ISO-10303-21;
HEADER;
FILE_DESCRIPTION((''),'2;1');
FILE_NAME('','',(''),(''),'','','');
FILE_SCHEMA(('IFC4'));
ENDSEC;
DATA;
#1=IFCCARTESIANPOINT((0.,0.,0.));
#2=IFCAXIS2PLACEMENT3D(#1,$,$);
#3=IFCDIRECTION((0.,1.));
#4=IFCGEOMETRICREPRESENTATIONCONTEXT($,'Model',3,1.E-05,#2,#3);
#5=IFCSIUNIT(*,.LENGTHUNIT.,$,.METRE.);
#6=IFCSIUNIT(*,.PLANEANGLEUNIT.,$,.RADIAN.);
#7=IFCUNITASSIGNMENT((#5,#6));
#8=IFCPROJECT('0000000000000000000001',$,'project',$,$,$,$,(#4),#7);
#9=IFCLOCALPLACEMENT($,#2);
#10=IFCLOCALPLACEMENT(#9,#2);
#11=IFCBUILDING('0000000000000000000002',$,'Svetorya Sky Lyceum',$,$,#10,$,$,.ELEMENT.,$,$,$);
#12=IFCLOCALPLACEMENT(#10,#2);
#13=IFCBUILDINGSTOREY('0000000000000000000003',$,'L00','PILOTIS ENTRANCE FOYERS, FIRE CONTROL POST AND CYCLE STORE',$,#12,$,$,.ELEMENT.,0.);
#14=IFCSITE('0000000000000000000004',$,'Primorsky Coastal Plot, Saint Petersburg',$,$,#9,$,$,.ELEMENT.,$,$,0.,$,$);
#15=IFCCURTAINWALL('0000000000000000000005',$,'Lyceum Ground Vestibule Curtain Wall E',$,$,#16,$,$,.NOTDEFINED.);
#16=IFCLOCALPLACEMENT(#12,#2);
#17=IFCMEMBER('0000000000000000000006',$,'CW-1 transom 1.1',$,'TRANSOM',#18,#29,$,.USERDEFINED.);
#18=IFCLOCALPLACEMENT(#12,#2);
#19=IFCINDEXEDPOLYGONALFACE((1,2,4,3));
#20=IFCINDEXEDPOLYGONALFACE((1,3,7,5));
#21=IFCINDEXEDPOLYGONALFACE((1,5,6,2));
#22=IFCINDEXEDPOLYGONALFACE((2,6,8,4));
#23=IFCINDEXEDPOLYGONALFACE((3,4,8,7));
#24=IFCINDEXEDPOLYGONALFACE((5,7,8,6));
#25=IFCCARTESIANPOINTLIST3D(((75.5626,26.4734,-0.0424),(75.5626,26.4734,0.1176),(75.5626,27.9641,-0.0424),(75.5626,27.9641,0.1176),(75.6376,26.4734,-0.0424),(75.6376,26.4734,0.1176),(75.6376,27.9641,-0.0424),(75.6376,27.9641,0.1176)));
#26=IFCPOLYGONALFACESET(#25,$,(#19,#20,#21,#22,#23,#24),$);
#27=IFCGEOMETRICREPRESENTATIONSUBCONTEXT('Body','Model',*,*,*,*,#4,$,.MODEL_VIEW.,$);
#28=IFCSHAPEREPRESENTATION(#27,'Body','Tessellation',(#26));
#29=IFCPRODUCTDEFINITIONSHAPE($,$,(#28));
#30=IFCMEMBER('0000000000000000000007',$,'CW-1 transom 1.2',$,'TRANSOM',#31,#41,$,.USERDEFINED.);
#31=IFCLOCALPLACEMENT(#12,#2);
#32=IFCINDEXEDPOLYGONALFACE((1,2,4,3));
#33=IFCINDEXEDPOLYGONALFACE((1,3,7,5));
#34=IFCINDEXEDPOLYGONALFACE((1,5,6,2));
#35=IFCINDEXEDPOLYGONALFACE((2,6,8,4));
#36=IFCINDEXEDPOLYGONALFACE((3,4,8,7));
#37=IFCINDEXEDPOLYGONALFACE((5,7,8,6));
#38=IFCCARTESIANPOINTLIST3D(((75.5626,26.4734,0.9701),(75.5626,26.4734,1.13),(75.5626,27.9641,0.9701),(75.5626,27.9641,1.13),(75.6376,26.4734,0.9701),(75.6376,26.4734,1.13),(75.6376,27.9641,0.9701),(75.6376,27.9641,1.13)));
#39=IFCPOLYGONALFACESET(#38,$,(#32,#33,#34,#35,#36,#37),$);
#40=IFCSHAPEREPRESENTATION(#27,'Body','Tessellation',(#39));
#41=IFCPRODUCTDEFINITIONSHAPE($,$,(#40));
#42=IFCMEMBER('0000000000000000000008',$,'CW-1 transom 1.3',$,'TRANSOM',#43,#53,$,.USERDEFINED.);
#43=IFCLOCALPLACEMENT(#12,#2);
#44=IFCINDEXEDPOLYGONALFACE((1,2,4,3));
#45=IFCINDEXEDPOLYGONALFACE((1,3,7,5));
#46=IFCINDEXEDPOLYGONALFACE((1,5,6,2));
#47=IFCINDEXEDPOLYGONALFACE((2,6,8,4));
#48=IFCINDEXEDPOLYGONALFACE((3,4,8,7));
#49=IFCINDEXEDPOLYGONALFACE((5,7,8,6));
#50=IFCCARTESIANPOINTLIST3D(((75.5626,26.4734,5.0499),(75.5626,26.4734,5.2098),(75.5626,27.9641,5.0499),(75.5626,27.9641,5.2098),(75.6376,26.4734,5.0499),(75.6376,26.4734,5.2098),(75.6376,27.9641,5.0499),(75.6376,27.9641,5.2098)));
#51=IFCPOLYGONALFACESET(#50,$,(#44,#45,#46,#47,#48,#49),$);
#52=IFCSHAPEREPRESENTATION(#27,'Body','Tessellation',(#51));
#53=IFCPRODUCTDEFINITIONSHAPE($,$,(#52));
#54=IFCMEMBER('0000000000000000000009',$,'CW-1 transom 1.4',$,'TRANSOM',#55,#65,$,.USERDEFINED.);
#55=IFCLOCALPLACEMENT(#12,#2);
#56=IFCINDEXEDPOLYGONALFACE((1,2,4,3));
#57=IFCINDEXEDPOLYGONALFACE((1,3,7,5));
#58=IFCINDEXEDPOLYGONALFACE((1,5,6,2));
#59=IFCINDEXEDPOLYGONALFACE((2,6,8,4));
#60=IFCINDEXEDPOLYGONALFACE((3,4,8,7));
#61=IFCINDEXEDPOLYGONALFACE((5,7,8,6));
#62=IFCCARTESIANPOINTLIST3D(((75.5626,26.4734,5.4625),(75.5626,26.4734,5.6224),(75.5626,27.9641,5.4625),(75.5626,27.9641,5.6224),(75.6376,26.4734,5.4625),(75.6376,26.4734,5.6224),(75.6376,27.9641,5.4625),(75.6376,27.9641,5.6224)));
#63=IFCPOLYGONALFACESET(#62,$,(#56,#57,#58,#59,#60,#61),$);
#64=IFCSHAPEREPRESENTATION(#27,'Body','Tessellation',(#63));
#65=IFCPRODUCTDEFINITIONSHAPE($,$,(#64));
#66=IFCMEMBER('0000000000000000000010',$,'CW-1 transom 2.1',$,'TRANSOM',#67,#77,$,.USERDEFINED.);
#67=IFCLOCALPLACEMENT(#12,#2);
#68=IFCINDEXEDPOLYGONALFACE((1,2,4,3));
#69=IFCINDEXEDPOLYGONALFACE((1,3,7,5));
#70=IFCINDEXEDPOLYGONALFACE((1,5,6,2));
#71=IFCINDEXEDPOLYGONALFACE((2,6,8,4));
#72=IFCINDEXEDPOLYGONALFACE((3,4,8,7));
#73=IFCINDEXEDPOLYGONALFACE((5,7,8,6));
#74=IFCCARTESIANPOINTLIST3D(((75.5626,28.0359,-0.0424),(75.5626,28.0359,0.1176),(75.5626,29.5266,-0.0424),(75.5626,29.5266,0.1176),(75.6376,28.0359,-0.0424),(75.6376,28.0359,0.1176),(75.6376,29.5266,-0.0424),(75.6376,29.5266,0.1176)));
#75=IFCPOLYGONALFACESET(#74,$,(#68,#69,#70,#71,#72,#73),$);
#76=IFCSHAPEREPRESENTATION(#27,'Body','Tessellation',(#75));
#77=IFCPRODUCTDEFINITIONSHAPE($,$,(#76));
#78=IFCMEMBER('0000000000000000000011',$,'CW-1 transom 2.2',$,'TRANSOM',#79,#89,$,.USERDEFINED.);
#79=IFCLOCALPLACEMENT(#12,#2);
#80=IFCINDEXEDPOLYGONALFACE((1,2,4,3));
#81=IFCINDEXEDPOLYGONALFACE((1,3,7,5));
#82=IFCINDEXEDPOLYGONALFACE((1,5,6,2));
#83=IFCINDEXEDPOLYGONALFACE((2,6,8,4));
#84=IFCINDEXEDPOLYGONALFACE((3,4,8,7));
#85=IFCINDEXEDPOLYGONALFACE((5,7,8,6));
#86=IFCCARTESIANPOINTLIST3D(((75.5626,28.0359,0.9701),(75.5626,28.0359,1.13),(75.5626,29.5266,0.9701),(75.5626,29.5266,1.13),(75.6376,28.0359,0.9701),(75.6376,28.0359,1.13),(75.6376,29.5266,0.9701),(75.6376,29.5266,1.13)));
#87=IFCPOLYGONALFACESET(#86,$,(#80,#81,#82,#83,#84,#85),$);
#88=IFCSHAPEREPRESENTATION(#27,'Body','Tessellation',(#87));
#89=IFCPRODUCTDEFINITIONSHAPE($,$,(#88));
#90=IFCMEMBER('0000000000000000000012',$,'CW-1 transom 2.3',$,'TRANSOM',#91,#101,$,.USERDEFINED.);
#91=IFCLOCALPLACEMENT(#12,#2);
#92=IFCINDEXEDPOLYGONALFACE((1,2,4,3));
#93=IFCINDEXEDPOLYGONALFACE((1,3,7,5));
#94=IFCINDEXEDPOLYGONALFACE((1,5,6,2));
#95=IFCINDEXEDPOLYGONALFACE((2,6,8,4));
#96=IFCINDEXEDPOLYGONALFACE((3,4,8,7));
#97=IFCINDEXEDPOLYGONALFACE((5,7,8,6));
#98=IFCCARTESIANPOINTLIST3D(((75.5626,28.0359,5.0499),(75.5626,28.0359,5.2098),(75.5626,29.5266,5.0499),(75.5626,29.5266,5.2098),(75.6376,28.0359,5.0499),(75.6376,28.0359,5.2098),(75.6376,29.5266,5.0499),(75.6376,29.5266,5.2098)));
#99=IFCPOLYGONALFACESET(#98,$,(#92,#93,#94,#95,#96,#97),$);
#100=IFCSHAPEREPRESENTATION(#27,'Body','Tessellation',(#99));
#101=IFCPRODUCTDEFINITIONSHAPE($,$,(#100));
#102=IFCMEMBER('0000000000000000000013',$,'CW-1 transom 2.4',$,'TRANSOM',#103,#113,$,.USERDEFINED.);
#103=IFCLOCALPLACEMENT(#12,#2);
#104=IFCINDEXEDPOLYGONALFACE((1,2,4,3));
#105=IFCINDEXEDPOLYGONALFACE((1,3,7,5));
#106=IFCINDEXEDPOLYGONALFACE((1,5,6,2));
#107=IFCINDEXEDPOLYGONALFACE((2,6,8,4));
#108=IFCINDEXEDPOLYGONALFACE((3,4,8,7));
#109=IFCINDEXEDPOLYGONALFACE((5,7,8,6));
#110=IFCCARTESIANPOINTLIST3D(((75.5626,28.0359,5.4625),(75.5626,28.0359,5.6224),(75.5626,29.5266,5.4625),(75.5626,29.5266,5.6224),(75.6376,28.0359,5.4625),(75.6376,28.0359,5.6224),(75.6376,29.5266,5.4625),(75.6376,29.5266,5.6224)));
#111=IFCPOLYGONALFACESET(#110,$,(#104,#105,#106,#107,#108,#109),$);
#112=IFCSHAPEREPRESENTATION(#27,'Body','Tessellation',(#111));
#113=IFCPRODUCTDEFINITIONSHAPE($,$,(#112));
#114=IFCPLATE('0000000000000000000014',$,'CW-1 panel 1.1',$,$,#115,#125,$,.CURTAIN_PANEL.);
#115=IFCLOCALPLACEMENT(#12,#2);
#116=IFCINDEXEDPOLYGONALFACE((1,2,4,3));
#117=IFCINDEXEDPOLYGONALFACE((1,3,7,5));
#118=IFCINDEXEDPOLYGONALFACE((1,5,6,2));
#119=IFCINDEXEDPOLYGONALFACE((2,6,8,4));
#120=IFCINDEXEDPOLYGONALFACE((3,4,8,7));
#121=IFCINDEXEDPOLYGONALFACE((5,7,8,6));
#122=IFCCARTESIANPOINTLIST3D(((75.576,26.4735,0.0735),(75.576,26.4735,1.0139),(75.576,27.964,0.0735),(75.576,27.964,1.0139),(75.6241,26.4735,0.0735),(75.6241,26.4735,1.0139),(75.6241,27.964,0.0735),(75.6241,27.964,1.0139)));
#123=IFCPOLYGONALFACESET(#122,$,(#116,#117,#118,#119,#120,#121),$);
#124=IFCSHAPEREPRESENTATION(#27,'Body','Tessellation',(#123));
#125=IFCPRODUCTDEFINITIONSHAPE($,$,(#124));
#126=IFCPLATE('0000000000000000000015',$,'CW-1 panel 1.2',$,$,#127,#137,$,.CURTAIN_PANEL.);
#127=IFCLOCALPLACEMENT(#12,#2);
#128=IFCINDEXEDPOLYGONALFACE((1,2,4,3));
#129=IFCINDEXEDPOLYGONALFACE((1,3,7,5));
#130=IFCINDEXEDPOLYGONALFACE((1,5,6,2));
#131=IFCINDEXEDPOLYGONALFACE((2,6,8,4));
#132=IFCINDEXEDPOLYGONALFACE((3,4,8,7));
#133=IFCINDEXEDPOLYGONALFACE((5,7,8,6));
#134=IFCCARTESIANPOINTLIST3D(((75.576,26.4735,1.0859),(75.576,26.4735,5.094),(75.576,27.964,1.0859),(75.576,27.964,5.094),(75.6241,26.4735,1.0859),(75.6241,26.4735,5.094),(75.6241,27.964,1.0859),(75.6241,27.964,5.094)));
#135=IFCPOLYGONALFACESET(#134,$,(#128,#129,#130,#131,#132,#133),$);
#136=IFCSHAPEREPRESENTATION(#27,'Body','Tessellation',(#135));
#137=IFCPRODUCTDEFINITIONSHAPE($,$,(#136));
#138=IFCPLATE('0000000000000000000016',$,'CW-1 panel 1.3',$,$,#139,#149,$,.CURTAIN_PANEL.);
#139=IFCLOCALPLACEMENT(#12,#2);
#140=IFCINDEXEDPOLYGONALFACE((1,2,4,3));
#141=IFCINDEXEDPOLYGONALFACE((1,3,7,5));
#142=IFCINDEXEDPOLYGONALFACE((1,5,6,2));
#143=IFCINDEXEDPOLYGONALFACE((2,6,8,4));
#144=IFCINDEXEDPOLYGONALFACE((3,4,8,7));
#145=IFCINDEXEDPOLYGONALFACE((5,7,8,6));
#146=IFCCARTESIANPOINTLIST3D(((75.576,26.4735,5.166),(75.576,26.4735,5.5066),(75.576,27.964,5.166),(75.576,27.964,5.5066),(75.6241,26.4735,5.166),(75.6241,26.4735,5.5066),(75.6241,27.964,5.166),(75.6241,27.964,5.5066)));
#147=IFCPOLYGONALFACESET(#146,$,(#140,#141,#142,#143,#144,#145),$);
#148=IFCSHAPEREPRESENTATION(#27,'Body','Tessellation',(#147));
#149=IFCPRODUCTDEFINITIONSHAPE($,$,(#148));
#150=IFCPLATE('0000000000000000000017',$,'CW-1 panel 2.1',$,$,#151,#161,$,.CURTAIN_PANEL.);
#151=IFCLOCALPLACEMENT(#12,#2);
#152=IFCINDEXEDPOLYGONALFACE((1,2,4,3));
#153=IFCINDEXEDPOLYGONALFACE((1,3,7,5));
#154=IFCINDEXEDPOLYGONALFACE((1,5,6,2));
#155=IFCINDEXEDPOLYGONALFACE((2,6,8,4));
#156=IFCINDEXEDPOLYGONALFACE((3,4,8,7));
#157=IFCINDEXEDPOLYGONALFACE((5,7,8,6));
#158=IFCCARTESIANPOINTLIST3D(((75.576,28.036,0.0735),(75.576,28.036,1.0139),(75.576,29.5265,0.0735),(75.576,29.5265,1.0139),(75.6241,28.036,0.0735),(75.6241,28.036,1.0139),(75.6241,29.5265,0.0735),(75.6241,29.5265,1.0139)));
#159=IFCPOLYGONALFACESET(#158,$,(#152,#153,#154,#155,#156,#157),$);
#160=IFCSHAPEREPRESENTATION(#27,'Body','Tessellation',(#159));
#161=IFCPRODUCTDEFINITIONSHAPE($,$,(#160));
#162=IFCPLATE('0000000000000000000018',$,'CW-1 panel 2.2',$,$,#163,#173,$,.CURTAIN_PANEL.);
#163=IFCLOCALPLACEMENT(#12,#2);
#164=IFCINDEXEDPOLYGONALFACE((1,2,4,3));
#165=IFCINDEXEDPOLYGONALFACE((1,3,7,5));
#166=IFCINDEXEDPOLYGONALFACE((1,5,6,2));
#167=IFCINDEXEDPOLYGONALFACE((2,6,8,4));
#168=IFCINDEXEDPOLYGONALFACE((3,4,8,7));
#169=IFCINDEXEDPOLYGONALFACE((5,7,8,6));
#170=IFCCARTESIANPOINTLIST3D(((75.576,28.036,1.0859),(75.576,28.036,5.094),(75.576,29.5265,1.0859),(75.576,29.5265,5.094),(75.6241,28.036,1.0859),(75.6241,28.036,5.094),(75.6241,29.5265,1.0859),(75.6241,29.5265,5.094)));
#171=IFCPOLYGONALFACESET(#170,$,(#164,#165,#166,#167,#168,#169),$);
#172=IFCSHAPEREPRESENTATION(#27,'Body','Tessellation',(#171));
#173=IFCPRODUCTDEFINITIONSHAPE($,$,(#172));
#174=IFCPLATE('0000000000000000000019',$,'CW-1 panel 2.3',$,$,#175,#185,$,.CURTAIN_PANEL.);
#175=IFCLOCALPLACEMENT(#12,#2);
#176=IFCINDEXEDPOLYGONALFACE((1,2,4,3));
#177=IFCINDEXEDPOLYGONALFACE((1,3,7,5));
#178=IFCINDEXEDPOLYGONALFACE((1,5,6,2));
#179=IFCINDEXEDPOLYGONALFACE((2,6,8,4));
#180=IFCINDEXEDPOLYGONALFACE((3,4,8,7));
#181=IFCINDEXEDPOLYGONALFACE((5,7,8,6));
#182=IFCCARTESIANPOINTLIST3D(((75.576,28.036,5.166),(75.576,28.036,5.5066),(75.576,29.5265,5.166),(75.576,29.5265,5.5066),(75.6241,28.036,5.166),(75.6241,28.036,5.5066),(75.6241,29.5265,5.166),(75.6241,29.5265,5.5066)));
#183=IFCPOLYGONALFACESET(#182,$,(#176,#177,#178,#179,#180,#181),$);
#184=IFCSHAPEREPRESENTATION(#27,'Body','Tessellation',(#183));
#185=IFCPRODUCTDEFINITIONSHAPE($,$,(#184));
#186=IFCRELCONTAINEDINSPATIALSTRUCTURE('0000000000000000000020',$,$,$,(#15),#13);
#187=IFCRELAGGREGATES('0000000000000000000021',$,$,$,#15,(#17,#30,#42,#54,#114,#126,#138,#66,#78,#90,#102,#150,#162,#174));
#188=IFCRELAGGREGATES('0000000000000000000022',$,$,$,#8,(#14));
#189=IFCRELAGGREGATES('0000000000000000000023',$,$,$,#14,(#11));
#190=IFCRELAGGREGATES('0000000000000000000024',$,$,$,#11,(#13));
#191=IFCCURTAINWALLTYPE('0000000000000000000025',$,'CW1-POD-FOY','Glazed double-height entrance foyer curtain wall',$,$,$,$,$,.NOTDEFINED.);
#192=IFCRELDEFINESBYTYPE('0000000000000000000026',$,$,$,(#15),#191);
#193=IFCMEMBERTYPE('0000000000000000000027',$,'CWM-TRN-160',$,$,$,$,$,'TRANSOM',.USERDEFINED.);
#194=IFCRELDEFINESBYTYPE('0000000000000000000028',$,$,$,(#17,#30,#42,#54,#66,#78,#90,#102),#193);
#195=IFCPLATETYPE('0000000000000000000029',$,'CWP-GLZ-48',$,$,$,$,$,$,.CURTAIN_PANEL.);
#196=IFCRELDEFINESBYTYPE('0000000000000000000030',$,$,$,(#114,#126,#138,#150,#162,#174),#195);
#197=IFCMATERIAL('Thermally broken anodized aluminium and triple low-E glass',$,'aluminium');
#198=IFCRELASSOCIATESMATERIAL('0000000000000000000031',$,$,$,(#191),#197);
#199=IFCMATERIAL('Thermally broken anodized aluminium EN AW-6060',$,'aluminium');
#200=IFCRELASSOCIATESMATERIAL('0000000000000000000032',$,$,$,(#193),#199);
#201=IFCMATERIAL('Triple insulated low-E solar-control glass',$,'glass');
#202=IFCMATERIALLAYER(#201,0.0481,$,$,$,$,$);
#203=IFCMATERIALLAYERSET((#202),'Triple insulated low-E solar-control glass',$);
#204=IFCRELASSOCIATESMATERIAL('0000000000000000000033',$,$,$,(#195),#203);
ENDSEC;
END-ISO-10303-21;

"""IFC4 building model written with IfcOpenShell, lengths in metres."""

from ifc_helpers import new_model, si_unit, direction, frame, origin, origin_2d, place, context, subcontext, project, spatial, rectangle, extrude, material, layer, layer_set, material_profile, profile_set, type_object, element, aggregate, save


model = new_model("IFC4")

# Units and contexts
model_context = context("Model", 3, precision=1e-05, world=origin(), true_north=direction((0.0, 1.0)))
body_context = subcontext(model_context, "Body", "Model", "MODEL_VIEW")
ifc_project = project(units=[si_unit("LENGTHUNIT", "METRE"), si_unit("PLANEANGLEUNIT", "RADIAN")], contexts=[model_context])

# Site, building, storey
site_placement = place(None, origin())
site = spatial("IfcSite", under=ifc_project, at=site_placement, Name="Primorsky Coastal Plot, Saint Petersburg", CompositionType="ELEMENT", RefElevation=0.0)
building_placement = place(site_placement, origin())
building = spatial("IfcBuilding", under=site, at=building_placement, Name="Svetorya Sky Lyceum", CompositionType="ELEMENT")
storey_placement = place(building_placement, origin())
storey = spatial("IfcBuildingStorey", under=building, at=storey_placement, Name="L00", Description="PILOTIS ENTRANCE FOYERS, FIRE CONTROL POST AND CYCLE STORE", CompositionType="ELEMENT", Elevation=0.0)

# Curtain wall, members, plates
ifc_material_1 = material(Name="Thermally broken anodized aluminium and triple low-E glass", Category="aluminium")
curtain_wall_type = type_object("IfcCurtainWallType", Name="CW1-POD-FOY", Description="Glazed double-height entrance foyer curtain wall", PredefinedType="NOTDEFINED", material=ifc_material_1)
curtain_wall_placement = place(storey_placement, origin())
curtain_wall = element("IfcCurtainWall", 1, at=curtain_wall_placement, inside=storey, type_object=curtain_wall_type, Name="Lyceum Ground Vestibule Curtain Wall E", PredefinedType="NOTDEFINED")
ifc_material_2 = material(Name="Thermally broken anodized aluminium EN AW-6060", Category="aluminium")
ifc_material_profile_1 = material_profile(ifc_material_2, rectangle(XDim=0.075, YDim=0.1599, at=origin_2d()), Name="ALU TRANSOM 75x160")
ifc_profile_set_1 = profile_set([ifc_material_profile_1], Name="Thermally broken anodized aluminium EN AW-6060")
member_type_1 = type_object("IfcMemberType", Name="CWM-TRN-160", ElementType="TRANSOM", PredefinedType="USERDEFINED", material=ifc_profile_set_1)
member_1_placement = place(storey_placement, frame((75.6001, 26.4734, 0.0376), z_axis=(0.0, 1.0, 0.0), x_axis=(-1.0, 0.0, 0.0)))
member_1 = element("IfcMember", 2, at=member_1_placement, type_object=member_type_1, Name="CW-1 transom 1.1", ObjectType="TRANSOM", PredefinedType="USERDEFINED", context=body_context, shape_type="SweptSolid", body=[
    extrude(rectangle(XDim=0.075, YDim=0.1599, at=origin_2d()), origin(), (0.0, 0.0, 1.0), 1.4907),
])
member_2_placement = place(storey_placement, frame((75.6001, 26.4734, 1.05), z_axis=(0.0, 1.0, 0.0), x_axis=(-1.0, 0.0, 0.0)))
member_2 = element("IfcMember", 3, at=member_2_placement, type_object=member_type_1, Name="CW-1 transom 1.2", ObjectType="TRANSOM", PredefinedType="USERDEFINED", context=body_context, shape_type="SweptSolid", body=[
    extrude(rectangle(XDim=0.075, YDim=0.1599, at=origin_2d()), origin(), (0.0, 0.0, 1.0), 1.4907),
])
member_3_placement = place(storey_placement, frame((75.6001, 26.4734, 5.1299), z_axis=(0.0, 1.0, 0.0), x_axis=(-1.0, 0.0, 0.0)))
member_3 = element("IfcMember", 4, at=member_3_placement, type_object=member_type_1, Name="CW-1 transom 1.3", ObjectType="TRANSOM", PredefinedType="USERDEFINED", context=body_context, shape_type="SweptSolid", body=[
    extrude(rectangle(XDim=0.075, YDim=0.1599, at=origin_2d()), origin(), (0.0, 0.0, 1.0), 1.4907),
])
member_4_placement = place(storey_placement, frame((75.6001, 26.4734, 5.5425), z_axis=(0.0, 1.0, 0.0), x_axis=(-1.0, 0.0, 0.0)))
member_4 = element("IfcMember", 5, at=member_4_placement, type_object=member_type_1, Name="CW-1 transom 1.4", ObjectType="TRANSOM", PredefinedType="USERDEFINED", context=body_context, shape_type="SweptSolid", body=[
    extrude(rectangle(XDim=0.075, YDim=0.1599, at=origin_2d()), origin(), (0.0, 0.0, 1.0), 1.4907),
])
member_5_placement = place(storey_placement, frame((75.6001, 28.0359, 0.0376), z_axis=(0.0, 1.0, 0.0), x_axis=(-1.0, 0.0, 0.0)))
member_5 = element("IfcMember", 6, at=member_5_placement, type_object=member_type_1, Name="CW-1 transom 2.1", ObjectType="TRANSOM", PredefinedType="USERDEFINED", context=body_context, shape_type="SweptSolid", body=[
    extrude(rectangle(XDim=0.075, YDim=0.1599, at=origin_2d()), origin(), (0.0, 0.0, 1.0), 1.4907),
])
member_6_placement = place(storey_placement, frame((75.6001, 28.0359, 1.05), z_axis=(0.0, 1.0, 0.0), x_axis=(-1.0, 0.0, 0.0)))
member_6 = element("IfcMember", 7, at=member_6_placement, type_object=member_type_1, Name="CW-1 transom 2.2", ObjectType="TRANSOM", PredefinedType="USERDEFINED", context=body_context, shape_type="SweptSolid", body=[
    extrude(rectangle(XDim=0.075, YDim=0.1599, at=origin_2d()), origin(), (0.0, 0.0, 1.0), 1.4907),
])
member_7_placement = place(storey_placement, frame((75.6001, 28.0359, 5.1299), z_axis=(0.0, 1.0, 0.0), x_axis=(-1.0, 0.0, 0.0)))
member_7 = element("IfcMember", 8, at=member_7_placement, type_object=member_type_1, Name="CW-1 transom 2.3", ObjectType="TRANSOM", PredefinedType="USERDEFINED", context=body_context, shape_type="SweptSolid", body=[
    extrude(rectangle(XDim=0.075, YDim=0.1599, at=origin_2d()), origin(), (0.0, 0.0, 1.0), 1.4907),
])
member_8_placement = place(storey_placement, frame((75.6001, 28.0359, 5.5425), z_axis=(0.0, 1.0, 0.0), x_axis=(-1.0, 0.0, 0.0)))
member_8 = element("IfcMember", 9, at=member_8_placement, type_object=member_type_1, Name="CW-1 transom 2.4", ObjectType="TRANSOM", PredefinedType="USERDEFINED", context=body_context, shape_type="SweptSolid", body=[
    extrude(rectangle(XDim=0.075, YDim=0.1599, at=origin_2d()), origin(), (0.0, 0.0, 1.0), 1.4907),
])
ifc_material_3 = material(Name="Triple insulated low-E solar-control glass", Category="glass")
ifc_layer_1 = layer(ifc_material_3, 0.0481)
ifc_layer_set_1 = layer_set([ifc_layer_1], Name="Triple insulated low-E solar-control glass")
plate_type = type_object("IfcPlateType", Name="CWP-GLZ-48", PredefinedType="CURTAIN_PANEL", material=ifc_layer_set_1)
plate_1_placement = place(storey_placement, frame((75.6001, 27.2188, 0.0735), z_axis=(0.0, 0.0, 1.0), x_axis=(0.0, 1.0, 0.0)))
plate_1 = element("IfcPlate", 10, at=plate_1_placement, type_object=plate_type, Name="CW-1 panel 1.1", PredefinedType="CURTAIN_PANEL", context=body_context, shape_type="SweptSolid", body=[
    extrude(rectangle(XDim=1.4905, YDim=0.0481, at=origin_2d()), origin(), (0.0, 0.0, 1.0), 0.9404),
])
plate_2_placement = place(storey_placement, frame((75.6001, 27.2188, 1.0859), z_axis=(0.0, 0.0, 1.0), x_axis=(0.0, 1.0, 0.0)))
plate_2 = element("IfcPlate", 11, at=plate_2_placement, type_object=plate_type, Name="CW-1 panel 1.2", PredefinedType="CURTAIN_PANEL", context=body_context, shape_type="SweptSolid", body=[
    extrude(rectangle(XDim=1.4905, YDim=0.0481, at=origin_2d()), origin(), (0.0, 0.0, 1.0), 4.0081),
])
plate_3_placement = place(storey_placement, frame((75.6001, 27.2188, 5.166), z_axis=(0.0, 0.0, 1.0), x_axis=(0.0, 1.0, 0.0)))
plate_3 = element("IfcPlate", 12, at=plate_3_placement, type_object=plate_type, Name="CW-1 panel 1.3", PredefinedType="CURTAIN_PANEL", context=body_context, shape_type="SweptSolid", body=[
    extrude(rectangle(XDim=1.4905, YDim=0.0481, at=origin_2d()), origin(), (0.0, 0.0, 1.0), 0.3406),
])
plate_4_placement = place(storey_placement, frame((75.6001, 28.7812, 0.0735), z_axis=(0.0, 0.0, 1.0), x_axis=(0.0, 1.0, 0.0)))
plate_4 = element("IfcPlate", 13, at=plate_4_placement, type_object=plate_type, Name="CW-1 panel 2.1", PredefinedType="CURTAIN_PANEL", context=body_context, shape_type="SweptSolid", body=[
    extrude(rectangle(XDim=1.4905, YDim=0.0481, at=origin_2d()), origin(), (0.0, 0.0, 1.0), 0.9404),
])
plate_5_placement = place(storey_placement, frame((75.6001, 28.7812, 1.0859), z_axis=(0.0, 0.0, 1.0), x_axis=(0.0, 1.0, 0.0)))
plate_5 = element("IfcPlate", 14, at=plate_5_placement, type_object=plate_type, Name="CW-1 panel 2.2", PredefinedType="CURTAIN_PANEL", context=body_context, shape_type="SweptSolid", body=[
    extrude(rectangle(XDim=1.4905, YDim=0.0481, at=origin_2d()), origin(), (0.0, 0.0, 1.0), 4.0081),
])
plate_6_placement = place(storey_placement, frame((75.6001, 28.7812, 5.166), z_axis=(0.0, 0.0, 1.0), x_axis=(0.0, 1.0, 0.0)))
plate_6 = element("IfcPlate", 15, at=plate_6_placement, type_object=plate_type, Name="CW-1 panel 2.3", PredefinedType="CURTAIN_PANEL", context=body_context, shape_type="SweptSolid", body=[
    extrude(rectangle(XDim=1.4905, YDim=0.0481, at=origin_2d()), origin(), (0.0, 0.0, 1.0), 0.3406),
])
aggregate(curtain_wall, [member_1, member_2, member_3, member_4, plate_1, plate_2, plate_3, member_5, member_6, member_7, member_8, plate_4, plate_5, plate_6])

save(model, "model.ifc")
